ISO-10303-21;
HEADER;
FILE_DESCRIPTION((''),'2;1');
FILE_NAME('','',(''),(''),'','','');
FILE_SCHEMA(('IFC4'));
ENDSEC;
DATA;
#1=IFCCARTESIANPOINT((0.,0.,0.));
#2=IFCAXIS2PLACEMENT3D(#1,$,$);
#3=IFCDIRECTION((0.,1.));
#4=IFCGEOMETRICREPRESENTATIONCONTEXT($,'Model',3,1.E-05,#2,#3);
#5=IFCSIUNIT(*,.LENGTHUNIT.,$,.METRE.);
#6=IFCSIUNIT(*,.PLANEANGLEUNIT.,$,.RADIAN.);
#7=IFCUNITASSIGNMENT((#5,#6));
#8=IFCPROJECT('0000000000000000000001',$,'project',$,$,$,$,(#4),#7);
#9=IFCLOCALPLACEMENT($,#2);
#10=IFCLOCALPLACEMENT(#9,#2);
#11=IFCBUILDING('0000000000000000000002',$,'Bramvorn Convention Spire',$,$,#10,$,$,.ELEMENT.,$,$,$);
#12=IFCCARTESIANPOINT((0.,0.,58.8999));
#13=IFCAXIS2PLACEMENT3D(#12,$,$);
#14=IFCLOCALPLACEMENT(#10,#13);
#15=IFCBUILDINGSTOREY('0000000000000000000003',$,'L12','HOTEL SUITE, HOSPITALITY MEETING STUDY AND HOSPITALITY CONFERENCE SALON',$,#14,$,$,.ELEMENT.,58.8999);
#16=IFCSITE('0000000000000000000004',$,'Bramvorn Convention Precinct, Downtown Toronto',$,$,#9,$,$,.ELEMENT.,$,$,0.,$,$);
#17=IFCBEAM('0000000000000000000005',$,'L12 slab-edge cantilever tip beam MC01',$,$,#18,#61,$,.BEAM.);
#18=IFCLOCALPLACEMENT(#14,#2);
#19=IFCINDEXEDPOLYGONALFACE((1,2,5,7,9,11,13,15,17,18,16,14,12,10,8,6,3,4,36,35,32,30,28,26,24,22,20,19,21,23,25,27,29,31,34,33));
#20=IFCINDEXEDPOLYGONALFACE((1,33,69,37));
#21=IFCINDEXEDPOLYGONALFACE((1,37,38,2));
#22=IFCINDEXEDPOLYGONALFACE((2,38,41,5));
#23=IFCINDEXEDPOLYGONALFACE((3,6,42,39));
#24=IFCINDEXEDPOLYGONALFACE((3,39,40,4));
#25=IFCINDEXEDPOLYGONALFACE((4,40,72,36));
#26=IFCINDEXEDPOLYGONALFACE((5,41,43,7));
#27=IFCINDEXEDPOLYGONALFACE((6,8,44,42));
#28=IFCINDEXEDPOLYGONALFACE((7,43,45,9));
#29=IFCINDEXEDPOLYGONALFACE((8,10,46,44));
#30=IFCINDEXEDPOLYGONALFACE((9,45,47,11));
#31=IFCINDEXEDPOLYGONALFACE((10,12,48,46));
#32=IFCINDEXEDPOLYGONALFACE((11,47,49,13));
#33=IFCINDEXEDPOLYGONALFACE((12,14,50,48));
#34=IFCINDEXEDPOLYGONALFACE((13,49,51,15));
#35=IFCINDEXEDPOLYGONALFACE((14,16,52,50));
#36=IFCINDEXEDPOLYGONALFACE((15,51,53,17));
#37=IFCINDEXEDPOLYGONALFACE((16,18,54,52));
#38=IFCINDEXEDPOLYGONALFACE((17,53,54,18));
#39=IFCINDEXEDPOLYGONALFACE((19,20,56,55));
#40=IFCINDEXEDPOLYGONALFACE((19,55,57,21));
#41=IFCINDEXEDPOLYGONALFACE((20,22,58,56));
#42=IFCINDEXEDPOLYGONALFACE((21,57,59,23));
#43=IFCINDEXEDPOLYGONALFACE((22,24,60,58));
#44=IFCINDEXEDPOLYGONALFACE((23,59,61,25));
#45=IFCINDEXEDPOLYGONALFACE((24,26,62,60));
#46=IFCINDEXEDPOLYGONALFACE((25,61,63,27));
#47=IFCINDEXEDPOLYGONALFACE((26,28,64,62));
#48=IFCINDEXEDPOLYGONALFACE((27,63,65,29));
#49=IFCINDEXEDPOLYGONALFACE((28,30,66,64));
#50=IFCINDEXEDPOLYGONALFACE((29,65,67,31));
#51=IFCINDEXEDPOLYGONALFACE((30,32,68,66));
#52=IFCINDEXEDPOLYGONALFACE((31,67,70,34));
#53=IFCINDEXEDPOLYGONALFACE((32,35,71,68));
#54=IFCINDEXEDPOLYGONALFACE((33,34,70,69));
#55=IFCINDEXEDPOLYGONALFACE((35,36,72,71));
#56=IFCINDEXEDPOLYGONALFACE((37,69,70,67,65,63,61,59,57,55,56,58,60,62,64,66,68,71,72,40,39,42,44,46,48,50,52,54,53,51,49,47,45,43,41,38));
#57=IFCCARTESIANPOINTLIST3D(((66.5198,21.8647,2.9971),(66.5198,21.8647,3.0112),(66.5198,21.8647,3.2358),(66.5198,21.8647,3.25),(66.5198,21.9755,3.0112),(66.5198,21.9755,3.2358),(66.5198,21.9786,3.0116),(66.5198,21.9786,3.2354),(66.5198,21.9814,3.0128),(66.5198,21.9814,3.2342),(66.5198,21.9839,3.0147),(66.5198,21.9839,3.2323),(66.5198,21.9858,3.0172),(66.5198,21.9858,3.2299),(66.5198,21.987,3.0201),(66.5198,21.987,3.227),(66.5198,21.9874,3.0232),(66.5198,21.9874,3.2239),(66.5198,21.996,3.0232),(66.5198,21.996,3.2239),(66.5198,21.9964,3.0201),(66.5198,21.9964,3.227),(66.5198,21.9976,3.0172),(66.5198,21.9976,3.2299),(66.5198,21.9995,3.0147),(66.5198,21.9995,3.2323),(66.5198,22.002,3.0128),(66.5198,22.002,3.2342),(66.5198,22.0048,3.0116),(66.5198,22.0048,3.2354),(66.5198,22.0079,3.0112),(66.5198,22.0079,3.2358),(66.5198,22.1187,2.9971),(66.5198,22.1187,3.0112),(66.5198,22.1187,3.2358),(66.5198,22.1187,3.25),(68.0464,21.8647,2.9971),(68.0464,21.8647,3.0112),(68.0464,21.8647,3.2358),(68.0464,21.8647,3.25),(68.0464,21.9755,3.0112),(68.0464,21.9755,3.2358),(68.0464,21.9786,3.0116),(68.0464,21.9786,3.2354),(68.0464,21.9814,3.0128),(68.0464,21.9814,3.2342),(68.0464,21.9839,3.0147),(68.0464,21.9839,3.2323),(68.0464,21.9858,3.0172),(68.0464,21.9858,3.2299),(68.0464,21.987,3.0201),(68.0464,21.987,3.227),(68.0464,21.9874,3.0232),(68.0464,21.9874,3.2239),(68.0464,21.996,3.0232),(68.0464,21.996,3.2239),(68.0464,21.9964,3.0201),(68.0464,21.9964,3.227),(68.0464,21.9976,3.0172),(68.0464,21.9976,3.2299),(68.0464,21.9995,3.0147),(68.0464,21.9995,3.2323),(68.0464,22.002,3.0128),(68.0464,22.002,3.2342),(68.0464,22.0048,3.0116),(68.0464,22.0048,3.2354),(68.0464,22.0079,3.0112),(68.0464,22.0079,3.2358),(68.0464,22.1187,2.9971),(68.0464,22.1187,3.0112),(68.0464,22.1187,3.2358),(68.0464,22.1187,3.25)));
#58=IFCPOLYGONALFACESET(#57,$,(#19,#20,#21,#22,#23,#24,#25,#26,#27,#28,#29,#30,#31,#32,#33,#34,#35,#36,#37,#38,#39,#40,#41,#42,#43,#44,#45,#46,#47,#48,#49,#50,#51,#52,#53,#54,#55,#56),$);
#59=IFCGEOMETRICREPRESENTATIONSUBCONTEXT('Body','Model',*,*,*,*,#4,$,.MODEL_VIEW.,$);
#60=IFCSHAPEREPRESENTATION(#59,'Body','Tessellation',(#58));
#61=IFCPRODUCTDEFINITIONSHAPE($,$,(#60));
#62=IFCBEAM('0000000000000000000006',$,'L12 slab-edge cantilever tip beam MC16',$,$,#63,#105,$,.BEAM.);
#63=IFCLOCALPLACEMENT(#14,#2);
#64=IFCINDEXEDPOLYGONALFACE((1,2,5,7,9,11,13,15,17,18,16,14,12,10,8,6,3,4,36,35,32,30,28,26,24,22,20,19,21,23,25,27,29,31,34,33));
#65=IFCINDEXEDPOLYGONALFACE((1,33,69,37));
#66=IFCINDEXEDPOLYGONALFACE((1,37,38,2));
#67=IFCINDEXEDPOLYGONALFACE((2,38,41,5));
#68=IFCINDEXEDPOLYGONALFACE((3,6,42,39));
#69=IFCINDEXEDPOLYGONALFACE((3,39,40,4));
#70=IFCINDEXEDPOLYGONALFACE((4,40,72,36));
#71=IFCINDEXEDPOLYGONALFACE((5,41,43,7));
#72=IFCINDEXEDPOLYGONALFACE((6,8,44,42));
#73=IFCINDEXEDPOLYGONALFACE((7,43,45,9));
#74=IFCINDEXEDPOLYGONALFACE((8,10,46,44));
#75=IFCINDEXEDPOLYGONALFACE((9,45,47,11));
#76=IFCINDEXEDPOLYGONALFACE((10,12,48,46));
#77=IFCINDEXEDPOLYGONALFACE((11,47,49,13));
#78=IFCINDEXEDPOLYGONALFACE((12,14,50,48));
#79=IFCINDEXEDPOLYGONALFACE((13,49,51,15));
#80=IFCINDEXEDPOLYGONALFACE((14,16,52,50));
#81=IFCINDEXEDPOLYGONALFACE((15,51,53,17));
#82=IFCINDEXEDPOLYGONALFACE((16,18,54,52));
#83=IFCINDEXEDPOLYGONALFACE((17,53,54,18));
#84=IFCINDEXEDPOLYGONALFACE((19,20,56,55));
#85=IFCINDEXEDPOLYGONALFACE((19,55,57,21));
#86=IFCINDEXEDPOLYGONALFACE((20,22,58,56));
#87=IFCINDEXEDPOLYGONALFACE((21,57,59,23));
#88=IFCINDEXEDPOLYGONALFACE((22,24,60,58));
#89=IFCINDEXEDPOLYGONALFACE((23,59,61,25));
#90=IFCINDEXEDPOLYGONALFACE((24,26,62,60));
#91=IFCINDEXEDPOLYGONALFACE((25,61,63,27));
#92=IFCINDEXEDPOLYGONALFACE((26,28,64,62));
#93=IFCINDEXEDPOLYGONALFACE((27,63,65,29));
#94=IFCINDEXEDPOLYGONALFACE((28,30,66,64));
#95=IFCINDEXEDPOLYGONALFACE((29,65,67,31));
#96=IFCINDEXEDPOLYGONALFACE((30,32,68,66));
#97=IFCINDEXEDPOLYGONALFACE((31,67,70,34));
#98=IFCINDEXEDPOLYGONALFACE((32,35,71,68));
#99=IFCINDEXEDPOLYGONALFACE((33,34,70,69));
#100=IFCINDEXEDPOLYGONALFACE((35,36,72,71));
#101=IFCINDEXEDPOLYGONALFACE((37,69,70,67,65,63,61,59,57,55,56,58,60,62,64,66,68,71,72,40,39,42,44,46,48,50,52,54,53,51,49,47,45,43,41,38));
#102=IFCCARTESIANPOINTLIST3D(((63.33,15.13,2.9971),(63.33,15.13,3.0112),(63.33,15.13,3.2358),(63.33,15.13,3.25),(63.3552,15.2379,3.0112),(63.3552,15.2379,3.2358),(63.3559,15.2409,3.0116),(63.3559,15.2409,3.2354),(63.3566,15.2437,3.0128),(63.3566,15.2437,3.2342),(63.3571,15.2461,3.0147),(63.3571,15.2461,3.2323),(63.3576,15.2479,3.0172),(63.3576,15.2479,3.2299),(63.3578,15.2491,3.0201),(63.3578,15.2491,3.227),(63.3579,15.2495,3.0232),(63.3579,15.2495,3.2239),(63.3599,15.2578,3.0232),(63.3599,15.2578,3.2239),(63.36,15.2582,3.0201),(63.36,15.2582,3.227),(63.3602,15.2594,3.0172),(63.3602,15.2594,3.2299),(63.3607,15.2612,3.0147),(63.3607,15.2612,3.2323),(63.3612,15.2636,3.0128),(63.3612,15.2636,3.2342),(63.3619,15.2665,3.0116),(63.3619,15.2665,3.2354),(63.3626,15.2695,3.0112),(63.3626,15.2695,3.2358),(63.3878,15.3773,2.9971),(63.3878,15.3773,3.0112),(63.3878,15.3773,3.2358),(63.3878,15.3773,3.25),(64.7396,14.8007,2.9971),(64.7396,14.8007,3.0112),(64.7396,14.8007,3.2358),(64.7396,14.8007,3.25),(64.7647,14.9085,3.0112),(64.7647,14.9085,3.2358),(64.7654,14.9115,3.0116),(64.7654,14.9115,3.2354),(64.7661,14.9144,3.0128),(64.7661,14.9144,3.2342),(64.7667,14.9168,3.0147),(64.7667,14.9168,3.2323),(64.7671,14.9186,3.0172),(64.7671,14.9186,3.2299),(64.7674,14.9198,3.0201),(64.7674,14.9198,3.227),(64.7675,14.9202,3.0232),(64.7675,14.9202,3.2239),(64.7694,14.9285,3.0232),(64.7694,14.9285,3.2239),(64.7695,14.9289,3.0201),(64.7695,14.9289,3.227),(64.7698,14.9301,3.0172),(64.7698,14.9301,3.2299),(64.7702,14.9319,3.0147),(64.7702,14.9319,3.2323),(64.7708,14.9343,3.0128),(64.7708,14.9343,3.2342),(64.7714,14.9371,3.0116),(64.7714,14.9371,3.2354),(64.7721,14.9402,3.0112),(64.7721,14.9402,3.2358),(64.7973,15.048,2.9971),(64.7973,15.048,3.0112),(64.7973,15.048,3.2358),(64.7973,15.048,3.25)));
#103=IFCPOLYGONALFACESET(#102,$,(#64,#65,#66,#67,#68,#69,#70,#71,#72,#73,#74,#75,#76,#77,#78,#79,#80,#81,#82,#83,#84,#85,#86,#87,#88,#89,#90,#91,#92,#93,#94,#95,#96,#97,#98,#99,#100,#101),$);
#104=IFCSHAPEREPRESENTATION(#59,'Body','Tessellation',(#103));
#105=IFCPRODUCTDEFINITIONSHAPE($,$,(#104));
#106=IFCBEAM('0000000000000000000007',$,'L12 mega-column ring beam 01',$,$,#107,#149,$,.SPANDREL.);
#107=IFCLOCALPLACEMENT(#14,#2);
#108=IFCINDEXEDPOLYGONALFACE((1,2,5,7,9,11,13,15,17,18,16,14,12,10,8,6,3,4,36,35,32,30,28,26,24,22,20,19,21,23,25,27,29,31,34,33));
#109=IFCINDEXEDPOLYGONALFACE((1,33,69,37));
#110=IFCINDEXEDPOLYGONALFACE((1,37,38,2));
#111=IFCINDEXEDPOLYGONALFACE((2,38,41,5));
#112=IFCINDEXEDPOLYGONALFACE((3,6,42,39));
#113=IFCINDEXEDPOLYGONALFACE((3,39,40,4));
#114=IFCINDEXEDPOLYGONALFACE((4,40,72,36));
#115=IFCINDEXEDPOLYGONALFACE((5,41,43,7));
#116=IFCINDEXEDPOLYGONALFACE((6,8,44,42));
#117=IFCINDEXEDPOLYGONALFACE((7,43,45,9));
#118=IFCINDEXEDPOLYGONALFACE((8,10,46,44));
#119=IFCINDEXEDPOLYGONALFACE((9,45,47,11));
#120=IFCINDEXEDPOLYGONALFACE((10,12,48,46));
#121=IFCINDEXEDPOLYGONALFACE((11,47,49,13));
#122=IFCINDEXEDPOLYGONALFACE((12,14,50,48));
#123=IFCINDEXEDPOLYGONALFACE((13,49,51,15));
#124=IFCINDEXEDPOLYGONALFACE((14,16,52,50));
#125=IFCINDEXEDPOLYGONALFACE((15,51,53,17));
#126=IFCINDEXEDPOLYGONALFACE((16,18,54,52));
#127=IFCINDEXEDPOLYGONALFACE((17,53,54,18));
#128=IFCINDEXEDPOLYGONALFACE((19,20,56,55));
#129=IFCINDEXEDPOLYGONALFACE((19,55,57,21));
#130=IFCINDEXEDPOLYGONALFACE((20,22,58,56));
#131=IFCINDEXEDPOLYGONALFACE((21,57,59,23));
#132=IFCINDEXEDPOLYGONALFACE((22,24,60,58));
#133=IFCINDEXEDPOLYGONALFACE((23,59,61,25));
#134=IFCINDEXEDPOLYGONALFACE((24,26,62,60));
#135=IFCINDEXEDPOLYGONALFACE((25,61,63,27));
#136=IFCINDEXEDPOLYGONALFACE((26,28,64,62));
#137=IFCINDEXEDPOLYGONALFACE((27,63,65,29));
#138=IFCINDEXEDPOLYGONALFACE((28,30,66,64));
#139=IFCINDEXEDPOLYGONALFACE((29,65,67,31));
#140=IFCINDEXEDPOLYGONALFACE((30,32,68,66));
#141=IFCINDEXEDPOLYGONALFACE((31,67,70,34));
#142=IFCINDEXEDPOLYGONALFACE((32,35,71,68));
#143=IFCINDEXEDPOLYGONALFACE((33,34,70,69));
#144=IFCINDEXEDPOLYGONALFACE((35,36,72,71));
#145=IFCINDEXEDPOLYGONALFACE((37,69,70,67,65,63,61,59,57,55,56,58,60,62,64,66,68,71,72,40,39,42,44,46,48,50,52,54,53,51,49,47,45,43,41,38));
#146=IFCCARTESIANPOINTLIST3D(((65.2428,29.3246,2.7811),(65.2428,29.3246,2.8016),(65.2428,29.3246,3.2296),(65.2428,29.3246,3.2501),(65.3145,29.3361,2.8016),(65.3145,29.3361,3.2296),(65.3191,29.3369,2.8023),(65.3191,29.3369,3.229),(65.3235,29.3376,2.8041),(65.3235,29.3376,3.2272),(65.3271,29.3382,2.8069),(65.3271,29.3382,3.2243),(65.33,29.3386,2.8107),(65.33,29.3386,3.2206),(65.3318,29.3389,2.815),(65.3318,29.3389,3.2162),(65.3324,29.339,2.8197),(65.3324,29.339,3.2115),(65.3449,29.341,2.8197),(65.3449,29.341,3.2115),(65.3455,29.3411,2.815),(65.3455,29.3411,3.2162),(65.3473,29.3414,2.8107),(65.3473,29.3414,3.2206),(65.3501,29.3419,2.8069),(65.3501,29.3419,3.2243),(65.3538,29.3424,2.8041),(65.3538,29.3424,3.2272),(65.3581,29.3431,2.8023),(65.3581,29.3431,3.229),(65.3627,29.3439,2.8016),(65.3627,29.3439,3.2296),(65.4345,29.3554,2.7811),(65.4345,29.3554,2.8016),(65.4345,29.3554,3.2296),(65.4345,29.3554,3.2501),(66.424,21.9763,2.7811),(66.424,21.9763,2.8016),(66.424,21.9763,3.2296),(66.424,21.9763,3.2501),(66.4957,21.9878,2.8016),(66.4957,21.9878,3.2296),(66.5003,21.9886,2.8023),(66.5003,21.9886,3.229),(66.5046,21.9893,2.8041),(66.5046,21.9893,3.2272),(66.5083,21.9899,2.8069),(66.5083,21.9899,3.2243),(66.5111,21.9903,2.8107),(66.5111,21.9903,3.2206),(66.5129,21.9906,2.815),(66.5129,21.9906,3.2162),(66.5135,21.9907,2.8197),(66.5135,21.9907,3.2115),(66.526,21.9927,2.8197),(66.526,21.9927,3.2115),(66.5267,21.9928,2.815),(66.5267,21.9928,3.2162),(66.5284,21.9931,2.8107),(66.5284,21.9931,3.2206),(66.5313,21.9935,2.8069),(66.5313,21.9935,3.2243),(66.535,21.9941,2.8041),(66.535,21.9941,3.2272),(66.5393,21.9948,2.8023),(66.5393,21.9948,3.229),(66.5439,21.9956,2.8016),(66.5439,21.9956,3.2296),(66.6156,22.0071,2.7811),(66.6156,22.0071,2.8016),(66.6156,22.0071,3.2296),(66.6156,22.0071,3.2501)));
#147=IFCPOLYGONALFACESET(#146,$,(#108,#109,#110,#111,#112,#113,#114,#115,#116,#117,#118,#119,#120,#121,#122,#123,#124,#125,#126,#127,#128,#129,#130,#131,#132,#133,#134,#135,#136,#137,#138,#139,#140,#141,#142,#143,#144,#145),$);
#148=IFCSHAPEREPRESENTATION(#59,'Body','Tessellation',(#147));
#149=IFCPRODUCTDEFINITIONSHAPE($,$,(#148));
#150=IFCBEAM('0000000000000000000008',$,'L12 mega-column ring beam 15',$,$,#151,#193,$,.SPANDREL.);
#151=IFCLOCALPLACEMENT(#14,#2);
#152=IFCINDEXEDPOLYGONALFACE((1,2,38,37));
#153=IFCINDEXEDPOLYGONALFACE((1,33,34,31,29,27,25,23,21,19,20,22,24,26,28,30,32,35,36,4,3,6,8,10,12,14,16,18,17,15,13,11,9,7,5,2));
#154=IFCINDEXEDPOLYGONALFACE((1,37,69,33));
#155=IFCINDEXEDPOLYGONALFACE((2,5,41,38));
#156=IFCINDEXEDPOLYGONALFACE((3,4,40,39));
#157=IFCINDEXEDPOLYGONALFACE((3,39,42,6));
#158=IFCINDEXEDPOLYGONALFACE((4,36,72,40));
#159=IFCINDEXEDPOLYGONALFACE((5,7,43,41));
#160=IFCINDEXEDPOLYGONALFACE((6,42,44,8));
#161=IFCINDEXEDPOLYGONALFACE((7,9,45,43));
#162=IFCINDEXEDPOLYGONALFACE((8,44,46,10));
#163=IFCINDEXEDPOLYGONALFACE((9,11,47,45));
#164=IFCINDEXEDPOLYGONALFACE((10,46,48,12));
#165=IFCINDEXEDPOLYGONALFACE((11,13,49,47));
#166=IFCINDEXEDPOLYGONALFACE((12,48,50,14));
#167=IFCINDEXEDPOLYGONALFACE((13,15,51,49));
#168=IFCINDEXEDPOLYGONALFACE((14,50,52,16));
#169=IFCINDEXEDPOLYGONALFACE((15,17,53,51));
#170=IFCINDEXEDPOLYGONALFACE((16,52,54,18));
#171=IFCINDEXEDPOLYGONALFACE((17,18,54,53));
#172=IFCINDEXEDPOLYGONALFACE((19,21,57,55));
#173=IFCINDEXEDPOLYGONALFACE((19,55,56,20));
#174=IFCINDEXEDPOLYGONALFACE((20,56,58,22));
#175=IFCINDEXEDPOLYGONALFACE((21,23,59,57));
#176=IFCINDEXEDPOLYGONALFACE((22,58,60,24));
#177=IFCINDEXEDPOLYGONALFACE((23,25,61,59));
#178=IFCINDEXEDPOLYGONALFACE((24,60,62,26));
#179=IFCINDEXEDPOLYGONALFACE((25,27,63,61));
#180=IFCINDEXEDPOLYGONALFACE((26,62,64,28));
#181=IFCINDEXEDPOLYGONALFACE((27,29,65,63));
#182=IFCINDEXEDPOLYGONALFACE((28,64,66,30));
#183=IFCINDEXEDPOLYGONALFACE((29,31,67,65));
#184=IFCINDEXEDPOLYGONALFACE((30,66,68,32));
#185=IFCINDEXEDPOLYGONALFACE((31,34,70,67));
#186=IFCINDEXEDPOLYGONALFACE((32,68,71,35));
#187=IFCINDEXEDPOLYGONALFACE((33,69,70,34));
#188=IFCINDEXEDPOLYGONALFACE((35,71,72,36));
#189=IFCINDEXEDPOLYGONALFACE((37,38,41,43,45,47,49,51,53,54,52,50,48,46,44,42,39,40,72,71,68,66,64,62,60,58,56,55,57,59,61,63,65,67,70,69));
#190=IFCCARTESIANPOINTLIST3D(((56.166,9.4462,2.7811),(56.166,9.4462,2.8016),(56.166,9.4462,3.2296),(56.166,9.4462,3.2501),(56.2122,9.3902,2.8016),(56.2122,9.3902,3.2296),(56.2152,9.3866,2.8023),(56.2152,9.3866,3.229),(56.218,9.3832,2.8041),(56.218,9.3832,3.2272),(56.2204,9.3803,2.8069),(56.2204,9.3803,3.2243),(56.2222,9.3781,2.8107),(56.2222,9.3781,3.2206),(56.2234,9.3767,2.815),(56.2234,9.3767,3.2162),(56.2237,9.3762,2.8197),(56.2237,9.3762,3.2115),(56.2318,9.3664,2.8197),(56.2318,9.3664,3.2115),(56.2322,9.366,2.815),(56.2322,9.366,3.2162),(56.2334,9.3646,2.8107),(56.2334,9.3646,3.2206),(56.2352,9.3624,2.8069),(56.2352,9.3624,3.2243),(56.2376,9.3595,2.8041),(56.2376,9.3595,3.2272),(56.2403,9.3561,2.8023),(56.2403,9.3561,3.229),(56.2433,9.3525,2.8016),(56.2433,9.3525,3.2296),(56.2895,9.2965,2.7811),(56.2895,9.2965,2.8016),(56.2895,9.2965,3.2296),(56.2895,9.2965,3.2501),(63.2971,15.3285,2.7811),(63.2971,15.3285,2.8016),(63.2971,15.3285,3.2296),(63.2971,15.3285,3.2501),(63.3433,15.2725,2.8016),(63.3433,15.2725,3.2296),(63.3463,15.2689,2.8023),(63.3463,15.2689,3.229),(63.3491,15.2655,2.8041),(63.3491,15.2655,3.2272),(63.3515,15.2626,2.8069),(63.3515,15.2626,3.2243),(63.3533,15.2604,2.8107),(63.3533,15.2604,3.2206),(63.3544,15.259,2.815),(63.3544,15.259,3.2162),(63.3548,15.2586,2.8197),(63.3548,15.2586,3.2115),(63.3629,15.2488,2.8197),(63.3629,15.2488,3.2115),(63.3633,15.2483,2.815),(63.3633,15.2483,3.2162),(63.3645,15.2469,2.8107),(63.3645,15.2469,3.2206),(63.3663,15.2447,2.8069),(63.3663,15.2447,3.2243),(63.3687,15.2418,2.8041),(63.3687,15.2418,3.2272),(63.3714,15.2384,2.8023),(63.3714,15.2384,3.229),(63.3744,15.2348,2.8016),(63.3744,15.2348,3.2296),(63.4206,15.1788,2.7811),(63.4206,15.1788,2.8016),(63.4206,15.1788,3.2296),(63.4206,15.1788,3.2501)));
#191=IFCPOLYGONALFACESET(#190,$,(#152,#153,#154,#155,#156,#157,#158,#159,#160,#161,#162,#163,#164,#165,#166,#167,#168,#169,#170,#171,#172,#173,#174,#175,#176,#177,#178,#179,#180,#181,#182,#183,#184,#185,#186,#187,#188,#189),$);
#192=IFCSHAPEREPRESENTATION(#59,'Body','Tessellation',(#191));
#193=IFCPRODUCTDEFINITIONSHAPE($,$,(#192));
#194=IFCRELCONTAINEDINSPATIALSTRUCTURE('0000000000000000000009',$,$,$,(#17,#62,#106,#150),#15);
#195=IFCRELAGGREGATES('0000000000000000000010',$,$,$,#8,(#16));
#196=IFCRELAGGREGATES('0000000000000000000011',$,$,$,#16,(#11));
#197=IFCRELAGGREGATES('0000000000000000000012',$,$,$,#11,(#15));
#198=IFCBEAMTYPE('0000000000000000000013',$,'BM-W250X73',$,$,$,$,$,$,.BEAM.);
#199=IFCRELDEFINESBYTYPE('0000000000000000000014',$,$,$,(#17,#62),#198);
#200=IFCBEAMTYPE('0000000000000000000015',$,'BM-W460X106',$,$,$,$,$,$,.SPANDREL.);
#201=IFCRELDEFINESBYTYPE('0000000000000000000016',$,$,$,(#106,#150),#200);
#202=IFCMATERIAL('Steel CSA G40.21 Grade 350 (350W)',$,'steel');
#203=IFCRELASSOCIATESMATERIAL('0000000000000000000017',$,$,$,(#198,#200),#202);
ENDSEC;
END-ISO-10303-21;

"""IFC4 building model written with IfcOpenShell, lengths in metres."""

from ifc_helpers import new_model, si_unit, direction, frame, origin, origin_2d, place, context, subcontext, project, spatial, i_section, extrude, material, material_profile, profile_set, type_object, element, save


model = new_model("IFC4")

# Units and contexts
model_context = context("Model", 3, precision=1e-05, world=origin(), true_north=direction((0.0, 1.0)))
body_context = subcontext(model_context, "Body", "Model", "MODEL_VIEW")
ifc_project = project(units=[si_unit("LENGTHUNIT", "METRE"), si_unit("PLANEANGLEUNIT", "RADIAN")], contexts=[model_context])

# Site, building, storey
site_placement = place(None, origin())
site = spatial("IfcSite", under=ifc_project, at=site_placement, Name="Bramvorn Convention Precinct, Downtown Toronto", CompositionType="ELEMENT", RefElevation=0.0)
building_placement = place(site_placement, origin())
building = spatial("IfcBuilding", under=site, at=building_placement, Name="Bramvorn Convention Spire", CompositionType="ELEMENT")
storey_placement = place(building_placement, frame((0.0, 0.0, 58.8999)))
storey = spatial("IfcBuildingStorey", under=building, at=storey_placement, Name="L12", Description="HOTEL SUITE, HOSPITALITY MEETING STUDY AND HOSPITALITY CONFERENCE SALON", CompositionType="ELEMENT", Elevation=58.8999)

# Shared definitions
ifc_material_1 = material(Name="Steel CSA G40.21 Grade 350 (350W)", Category="steel")

# Beams
ifc_material_profile_1 = material_profile(ifc_material_1, i_section(OverallWidth=0.2539, OverallDepth=0.2529, WebThickness=0.0085, FlangeThickness=0.0142, FilletRadius=0.012, at=origin_2d()))
ifc_profile_set_1 = profile_set([ifc_material_profile_1], Name="Steel CSA G40.21 Grade 350 (350W) - W250X73")
beam_type_1 = type_object("IfcBeamType", Name="BM-W250X73", PredefinedType="BEAM", material=ifc_profile_set_1)
beam_1_placement = place(storey_placement, frame((66.5198, 21.9917, 3.1235), z_axis=(1.0, 0.0, 0.0), x_axis=(0.0, 1.0, 0.0)))
element("IfcBeam", 1, at=beam_1_placement, inside=storey, type_object=beam_type_1, Name="L12 slab-edge cantilever tip beam MC01", PredefinedType="BEAM", context=body_context, shape_type="SweptSolid", body=[
    extrude(i_section(OverallWidth=0.2539, OverallDepth=0.2529, WebThickness=0.0085, FlangeThickness=0.0142, FilletRadius=0.012, at=origin_2d()), origin(), (0.0, 0.0, 1.0), 1.5266),
])
beam_2_placement = place(storey_placement, frame((63.3589, 15.2537, 3.1235), z_axis=(0.973776, -0.227507, 0.0), x_axis=(0.227507, 0.973776, 0.0)))
element("IfcBeam", 2, at=beam_2_placement, inside=storey, type_object=beam_type_1, Name="L12 slab-edge cantilever tip beam MC16", PredefinedType="BEAM", context=body_context, shape_type="SweptSolid", body=[
    extrude(i_section(OverallWidth=0.2539, OverallDepth=0.2529, WebThickness=0.0085, FlangeThickness=0.0142, FilletRadius=0.012, at=origin_2d()), origin(), (0.0, 0.0, 1.0), 1.4475),
])
ifc_material_profile_2 = material_profile(ifc_material_1, i_section(OverallWidth=0.1941, OverallDepth=0.469, WebThickness=0.0127, FlangeThickness=0.0205, FilletRadius=0.0181, at=origin_2d()))
ifc_profile_set_2 = profile_set([ifc_material_profile_2], Name="Steel CSA G40.21 Grade 350 (350W) - W460X106")
beam_type_2 = type_object("IfcBeamType", Name="BM-W460X106", PredefinedType="SPANDREL", material=ifc_profile_set_2)
beam_3_placement = place(storey_placement, frame((66.5198, 21.9917, 3.0156), z_axis=(-0.158699, 0.987327, 0.0), x_axis=(-0.987327, -0.158699, 0.0)))
element("IfcBeam", 3, at=beam_3_placement, inside=storey, type_object=beam_type_2, Name="L12 mega-column ring beam 01", PredefinedType="SPANDREL", context=body_context, shape_type="SweptSolid", body=[
    extrude(i_section(OverallWidth=0.1941, OverallDepth=0.469, WebThickness=0.0127, FlangeThickness=0.0205, FilletRadius=0.0181, at=origin_2d()), origin(), (0.0, 0.0, 1.0), 7.4426),
])
beam_4_placement = place(storey_placement, frame((56.2278, 9.3713, 3.0156), z_axis=(0.771418, 0.636329, 0.0), x_axis=(-0.636329, 0.771418, 0.0)))
element("IfcBeam", 4, at=beam_4_placement, inside=storey, type_object=beam_type_2, Name="L12 mega-column ring beam 15", PredefinedType="SPANDREL", context=body_context, shape_type="SweptSolid", body=[
    extrude(i_section(OverallWidth=0.1941, OverallDepth=0.469, WebThickness=0.0127, FlangeThickness=0.0205, FilletRadius=0.0181, at=origin_2d()), origin(), (0.0, 0.0, 1.0), 9.2441),
])

save(model, "model.ifc")
